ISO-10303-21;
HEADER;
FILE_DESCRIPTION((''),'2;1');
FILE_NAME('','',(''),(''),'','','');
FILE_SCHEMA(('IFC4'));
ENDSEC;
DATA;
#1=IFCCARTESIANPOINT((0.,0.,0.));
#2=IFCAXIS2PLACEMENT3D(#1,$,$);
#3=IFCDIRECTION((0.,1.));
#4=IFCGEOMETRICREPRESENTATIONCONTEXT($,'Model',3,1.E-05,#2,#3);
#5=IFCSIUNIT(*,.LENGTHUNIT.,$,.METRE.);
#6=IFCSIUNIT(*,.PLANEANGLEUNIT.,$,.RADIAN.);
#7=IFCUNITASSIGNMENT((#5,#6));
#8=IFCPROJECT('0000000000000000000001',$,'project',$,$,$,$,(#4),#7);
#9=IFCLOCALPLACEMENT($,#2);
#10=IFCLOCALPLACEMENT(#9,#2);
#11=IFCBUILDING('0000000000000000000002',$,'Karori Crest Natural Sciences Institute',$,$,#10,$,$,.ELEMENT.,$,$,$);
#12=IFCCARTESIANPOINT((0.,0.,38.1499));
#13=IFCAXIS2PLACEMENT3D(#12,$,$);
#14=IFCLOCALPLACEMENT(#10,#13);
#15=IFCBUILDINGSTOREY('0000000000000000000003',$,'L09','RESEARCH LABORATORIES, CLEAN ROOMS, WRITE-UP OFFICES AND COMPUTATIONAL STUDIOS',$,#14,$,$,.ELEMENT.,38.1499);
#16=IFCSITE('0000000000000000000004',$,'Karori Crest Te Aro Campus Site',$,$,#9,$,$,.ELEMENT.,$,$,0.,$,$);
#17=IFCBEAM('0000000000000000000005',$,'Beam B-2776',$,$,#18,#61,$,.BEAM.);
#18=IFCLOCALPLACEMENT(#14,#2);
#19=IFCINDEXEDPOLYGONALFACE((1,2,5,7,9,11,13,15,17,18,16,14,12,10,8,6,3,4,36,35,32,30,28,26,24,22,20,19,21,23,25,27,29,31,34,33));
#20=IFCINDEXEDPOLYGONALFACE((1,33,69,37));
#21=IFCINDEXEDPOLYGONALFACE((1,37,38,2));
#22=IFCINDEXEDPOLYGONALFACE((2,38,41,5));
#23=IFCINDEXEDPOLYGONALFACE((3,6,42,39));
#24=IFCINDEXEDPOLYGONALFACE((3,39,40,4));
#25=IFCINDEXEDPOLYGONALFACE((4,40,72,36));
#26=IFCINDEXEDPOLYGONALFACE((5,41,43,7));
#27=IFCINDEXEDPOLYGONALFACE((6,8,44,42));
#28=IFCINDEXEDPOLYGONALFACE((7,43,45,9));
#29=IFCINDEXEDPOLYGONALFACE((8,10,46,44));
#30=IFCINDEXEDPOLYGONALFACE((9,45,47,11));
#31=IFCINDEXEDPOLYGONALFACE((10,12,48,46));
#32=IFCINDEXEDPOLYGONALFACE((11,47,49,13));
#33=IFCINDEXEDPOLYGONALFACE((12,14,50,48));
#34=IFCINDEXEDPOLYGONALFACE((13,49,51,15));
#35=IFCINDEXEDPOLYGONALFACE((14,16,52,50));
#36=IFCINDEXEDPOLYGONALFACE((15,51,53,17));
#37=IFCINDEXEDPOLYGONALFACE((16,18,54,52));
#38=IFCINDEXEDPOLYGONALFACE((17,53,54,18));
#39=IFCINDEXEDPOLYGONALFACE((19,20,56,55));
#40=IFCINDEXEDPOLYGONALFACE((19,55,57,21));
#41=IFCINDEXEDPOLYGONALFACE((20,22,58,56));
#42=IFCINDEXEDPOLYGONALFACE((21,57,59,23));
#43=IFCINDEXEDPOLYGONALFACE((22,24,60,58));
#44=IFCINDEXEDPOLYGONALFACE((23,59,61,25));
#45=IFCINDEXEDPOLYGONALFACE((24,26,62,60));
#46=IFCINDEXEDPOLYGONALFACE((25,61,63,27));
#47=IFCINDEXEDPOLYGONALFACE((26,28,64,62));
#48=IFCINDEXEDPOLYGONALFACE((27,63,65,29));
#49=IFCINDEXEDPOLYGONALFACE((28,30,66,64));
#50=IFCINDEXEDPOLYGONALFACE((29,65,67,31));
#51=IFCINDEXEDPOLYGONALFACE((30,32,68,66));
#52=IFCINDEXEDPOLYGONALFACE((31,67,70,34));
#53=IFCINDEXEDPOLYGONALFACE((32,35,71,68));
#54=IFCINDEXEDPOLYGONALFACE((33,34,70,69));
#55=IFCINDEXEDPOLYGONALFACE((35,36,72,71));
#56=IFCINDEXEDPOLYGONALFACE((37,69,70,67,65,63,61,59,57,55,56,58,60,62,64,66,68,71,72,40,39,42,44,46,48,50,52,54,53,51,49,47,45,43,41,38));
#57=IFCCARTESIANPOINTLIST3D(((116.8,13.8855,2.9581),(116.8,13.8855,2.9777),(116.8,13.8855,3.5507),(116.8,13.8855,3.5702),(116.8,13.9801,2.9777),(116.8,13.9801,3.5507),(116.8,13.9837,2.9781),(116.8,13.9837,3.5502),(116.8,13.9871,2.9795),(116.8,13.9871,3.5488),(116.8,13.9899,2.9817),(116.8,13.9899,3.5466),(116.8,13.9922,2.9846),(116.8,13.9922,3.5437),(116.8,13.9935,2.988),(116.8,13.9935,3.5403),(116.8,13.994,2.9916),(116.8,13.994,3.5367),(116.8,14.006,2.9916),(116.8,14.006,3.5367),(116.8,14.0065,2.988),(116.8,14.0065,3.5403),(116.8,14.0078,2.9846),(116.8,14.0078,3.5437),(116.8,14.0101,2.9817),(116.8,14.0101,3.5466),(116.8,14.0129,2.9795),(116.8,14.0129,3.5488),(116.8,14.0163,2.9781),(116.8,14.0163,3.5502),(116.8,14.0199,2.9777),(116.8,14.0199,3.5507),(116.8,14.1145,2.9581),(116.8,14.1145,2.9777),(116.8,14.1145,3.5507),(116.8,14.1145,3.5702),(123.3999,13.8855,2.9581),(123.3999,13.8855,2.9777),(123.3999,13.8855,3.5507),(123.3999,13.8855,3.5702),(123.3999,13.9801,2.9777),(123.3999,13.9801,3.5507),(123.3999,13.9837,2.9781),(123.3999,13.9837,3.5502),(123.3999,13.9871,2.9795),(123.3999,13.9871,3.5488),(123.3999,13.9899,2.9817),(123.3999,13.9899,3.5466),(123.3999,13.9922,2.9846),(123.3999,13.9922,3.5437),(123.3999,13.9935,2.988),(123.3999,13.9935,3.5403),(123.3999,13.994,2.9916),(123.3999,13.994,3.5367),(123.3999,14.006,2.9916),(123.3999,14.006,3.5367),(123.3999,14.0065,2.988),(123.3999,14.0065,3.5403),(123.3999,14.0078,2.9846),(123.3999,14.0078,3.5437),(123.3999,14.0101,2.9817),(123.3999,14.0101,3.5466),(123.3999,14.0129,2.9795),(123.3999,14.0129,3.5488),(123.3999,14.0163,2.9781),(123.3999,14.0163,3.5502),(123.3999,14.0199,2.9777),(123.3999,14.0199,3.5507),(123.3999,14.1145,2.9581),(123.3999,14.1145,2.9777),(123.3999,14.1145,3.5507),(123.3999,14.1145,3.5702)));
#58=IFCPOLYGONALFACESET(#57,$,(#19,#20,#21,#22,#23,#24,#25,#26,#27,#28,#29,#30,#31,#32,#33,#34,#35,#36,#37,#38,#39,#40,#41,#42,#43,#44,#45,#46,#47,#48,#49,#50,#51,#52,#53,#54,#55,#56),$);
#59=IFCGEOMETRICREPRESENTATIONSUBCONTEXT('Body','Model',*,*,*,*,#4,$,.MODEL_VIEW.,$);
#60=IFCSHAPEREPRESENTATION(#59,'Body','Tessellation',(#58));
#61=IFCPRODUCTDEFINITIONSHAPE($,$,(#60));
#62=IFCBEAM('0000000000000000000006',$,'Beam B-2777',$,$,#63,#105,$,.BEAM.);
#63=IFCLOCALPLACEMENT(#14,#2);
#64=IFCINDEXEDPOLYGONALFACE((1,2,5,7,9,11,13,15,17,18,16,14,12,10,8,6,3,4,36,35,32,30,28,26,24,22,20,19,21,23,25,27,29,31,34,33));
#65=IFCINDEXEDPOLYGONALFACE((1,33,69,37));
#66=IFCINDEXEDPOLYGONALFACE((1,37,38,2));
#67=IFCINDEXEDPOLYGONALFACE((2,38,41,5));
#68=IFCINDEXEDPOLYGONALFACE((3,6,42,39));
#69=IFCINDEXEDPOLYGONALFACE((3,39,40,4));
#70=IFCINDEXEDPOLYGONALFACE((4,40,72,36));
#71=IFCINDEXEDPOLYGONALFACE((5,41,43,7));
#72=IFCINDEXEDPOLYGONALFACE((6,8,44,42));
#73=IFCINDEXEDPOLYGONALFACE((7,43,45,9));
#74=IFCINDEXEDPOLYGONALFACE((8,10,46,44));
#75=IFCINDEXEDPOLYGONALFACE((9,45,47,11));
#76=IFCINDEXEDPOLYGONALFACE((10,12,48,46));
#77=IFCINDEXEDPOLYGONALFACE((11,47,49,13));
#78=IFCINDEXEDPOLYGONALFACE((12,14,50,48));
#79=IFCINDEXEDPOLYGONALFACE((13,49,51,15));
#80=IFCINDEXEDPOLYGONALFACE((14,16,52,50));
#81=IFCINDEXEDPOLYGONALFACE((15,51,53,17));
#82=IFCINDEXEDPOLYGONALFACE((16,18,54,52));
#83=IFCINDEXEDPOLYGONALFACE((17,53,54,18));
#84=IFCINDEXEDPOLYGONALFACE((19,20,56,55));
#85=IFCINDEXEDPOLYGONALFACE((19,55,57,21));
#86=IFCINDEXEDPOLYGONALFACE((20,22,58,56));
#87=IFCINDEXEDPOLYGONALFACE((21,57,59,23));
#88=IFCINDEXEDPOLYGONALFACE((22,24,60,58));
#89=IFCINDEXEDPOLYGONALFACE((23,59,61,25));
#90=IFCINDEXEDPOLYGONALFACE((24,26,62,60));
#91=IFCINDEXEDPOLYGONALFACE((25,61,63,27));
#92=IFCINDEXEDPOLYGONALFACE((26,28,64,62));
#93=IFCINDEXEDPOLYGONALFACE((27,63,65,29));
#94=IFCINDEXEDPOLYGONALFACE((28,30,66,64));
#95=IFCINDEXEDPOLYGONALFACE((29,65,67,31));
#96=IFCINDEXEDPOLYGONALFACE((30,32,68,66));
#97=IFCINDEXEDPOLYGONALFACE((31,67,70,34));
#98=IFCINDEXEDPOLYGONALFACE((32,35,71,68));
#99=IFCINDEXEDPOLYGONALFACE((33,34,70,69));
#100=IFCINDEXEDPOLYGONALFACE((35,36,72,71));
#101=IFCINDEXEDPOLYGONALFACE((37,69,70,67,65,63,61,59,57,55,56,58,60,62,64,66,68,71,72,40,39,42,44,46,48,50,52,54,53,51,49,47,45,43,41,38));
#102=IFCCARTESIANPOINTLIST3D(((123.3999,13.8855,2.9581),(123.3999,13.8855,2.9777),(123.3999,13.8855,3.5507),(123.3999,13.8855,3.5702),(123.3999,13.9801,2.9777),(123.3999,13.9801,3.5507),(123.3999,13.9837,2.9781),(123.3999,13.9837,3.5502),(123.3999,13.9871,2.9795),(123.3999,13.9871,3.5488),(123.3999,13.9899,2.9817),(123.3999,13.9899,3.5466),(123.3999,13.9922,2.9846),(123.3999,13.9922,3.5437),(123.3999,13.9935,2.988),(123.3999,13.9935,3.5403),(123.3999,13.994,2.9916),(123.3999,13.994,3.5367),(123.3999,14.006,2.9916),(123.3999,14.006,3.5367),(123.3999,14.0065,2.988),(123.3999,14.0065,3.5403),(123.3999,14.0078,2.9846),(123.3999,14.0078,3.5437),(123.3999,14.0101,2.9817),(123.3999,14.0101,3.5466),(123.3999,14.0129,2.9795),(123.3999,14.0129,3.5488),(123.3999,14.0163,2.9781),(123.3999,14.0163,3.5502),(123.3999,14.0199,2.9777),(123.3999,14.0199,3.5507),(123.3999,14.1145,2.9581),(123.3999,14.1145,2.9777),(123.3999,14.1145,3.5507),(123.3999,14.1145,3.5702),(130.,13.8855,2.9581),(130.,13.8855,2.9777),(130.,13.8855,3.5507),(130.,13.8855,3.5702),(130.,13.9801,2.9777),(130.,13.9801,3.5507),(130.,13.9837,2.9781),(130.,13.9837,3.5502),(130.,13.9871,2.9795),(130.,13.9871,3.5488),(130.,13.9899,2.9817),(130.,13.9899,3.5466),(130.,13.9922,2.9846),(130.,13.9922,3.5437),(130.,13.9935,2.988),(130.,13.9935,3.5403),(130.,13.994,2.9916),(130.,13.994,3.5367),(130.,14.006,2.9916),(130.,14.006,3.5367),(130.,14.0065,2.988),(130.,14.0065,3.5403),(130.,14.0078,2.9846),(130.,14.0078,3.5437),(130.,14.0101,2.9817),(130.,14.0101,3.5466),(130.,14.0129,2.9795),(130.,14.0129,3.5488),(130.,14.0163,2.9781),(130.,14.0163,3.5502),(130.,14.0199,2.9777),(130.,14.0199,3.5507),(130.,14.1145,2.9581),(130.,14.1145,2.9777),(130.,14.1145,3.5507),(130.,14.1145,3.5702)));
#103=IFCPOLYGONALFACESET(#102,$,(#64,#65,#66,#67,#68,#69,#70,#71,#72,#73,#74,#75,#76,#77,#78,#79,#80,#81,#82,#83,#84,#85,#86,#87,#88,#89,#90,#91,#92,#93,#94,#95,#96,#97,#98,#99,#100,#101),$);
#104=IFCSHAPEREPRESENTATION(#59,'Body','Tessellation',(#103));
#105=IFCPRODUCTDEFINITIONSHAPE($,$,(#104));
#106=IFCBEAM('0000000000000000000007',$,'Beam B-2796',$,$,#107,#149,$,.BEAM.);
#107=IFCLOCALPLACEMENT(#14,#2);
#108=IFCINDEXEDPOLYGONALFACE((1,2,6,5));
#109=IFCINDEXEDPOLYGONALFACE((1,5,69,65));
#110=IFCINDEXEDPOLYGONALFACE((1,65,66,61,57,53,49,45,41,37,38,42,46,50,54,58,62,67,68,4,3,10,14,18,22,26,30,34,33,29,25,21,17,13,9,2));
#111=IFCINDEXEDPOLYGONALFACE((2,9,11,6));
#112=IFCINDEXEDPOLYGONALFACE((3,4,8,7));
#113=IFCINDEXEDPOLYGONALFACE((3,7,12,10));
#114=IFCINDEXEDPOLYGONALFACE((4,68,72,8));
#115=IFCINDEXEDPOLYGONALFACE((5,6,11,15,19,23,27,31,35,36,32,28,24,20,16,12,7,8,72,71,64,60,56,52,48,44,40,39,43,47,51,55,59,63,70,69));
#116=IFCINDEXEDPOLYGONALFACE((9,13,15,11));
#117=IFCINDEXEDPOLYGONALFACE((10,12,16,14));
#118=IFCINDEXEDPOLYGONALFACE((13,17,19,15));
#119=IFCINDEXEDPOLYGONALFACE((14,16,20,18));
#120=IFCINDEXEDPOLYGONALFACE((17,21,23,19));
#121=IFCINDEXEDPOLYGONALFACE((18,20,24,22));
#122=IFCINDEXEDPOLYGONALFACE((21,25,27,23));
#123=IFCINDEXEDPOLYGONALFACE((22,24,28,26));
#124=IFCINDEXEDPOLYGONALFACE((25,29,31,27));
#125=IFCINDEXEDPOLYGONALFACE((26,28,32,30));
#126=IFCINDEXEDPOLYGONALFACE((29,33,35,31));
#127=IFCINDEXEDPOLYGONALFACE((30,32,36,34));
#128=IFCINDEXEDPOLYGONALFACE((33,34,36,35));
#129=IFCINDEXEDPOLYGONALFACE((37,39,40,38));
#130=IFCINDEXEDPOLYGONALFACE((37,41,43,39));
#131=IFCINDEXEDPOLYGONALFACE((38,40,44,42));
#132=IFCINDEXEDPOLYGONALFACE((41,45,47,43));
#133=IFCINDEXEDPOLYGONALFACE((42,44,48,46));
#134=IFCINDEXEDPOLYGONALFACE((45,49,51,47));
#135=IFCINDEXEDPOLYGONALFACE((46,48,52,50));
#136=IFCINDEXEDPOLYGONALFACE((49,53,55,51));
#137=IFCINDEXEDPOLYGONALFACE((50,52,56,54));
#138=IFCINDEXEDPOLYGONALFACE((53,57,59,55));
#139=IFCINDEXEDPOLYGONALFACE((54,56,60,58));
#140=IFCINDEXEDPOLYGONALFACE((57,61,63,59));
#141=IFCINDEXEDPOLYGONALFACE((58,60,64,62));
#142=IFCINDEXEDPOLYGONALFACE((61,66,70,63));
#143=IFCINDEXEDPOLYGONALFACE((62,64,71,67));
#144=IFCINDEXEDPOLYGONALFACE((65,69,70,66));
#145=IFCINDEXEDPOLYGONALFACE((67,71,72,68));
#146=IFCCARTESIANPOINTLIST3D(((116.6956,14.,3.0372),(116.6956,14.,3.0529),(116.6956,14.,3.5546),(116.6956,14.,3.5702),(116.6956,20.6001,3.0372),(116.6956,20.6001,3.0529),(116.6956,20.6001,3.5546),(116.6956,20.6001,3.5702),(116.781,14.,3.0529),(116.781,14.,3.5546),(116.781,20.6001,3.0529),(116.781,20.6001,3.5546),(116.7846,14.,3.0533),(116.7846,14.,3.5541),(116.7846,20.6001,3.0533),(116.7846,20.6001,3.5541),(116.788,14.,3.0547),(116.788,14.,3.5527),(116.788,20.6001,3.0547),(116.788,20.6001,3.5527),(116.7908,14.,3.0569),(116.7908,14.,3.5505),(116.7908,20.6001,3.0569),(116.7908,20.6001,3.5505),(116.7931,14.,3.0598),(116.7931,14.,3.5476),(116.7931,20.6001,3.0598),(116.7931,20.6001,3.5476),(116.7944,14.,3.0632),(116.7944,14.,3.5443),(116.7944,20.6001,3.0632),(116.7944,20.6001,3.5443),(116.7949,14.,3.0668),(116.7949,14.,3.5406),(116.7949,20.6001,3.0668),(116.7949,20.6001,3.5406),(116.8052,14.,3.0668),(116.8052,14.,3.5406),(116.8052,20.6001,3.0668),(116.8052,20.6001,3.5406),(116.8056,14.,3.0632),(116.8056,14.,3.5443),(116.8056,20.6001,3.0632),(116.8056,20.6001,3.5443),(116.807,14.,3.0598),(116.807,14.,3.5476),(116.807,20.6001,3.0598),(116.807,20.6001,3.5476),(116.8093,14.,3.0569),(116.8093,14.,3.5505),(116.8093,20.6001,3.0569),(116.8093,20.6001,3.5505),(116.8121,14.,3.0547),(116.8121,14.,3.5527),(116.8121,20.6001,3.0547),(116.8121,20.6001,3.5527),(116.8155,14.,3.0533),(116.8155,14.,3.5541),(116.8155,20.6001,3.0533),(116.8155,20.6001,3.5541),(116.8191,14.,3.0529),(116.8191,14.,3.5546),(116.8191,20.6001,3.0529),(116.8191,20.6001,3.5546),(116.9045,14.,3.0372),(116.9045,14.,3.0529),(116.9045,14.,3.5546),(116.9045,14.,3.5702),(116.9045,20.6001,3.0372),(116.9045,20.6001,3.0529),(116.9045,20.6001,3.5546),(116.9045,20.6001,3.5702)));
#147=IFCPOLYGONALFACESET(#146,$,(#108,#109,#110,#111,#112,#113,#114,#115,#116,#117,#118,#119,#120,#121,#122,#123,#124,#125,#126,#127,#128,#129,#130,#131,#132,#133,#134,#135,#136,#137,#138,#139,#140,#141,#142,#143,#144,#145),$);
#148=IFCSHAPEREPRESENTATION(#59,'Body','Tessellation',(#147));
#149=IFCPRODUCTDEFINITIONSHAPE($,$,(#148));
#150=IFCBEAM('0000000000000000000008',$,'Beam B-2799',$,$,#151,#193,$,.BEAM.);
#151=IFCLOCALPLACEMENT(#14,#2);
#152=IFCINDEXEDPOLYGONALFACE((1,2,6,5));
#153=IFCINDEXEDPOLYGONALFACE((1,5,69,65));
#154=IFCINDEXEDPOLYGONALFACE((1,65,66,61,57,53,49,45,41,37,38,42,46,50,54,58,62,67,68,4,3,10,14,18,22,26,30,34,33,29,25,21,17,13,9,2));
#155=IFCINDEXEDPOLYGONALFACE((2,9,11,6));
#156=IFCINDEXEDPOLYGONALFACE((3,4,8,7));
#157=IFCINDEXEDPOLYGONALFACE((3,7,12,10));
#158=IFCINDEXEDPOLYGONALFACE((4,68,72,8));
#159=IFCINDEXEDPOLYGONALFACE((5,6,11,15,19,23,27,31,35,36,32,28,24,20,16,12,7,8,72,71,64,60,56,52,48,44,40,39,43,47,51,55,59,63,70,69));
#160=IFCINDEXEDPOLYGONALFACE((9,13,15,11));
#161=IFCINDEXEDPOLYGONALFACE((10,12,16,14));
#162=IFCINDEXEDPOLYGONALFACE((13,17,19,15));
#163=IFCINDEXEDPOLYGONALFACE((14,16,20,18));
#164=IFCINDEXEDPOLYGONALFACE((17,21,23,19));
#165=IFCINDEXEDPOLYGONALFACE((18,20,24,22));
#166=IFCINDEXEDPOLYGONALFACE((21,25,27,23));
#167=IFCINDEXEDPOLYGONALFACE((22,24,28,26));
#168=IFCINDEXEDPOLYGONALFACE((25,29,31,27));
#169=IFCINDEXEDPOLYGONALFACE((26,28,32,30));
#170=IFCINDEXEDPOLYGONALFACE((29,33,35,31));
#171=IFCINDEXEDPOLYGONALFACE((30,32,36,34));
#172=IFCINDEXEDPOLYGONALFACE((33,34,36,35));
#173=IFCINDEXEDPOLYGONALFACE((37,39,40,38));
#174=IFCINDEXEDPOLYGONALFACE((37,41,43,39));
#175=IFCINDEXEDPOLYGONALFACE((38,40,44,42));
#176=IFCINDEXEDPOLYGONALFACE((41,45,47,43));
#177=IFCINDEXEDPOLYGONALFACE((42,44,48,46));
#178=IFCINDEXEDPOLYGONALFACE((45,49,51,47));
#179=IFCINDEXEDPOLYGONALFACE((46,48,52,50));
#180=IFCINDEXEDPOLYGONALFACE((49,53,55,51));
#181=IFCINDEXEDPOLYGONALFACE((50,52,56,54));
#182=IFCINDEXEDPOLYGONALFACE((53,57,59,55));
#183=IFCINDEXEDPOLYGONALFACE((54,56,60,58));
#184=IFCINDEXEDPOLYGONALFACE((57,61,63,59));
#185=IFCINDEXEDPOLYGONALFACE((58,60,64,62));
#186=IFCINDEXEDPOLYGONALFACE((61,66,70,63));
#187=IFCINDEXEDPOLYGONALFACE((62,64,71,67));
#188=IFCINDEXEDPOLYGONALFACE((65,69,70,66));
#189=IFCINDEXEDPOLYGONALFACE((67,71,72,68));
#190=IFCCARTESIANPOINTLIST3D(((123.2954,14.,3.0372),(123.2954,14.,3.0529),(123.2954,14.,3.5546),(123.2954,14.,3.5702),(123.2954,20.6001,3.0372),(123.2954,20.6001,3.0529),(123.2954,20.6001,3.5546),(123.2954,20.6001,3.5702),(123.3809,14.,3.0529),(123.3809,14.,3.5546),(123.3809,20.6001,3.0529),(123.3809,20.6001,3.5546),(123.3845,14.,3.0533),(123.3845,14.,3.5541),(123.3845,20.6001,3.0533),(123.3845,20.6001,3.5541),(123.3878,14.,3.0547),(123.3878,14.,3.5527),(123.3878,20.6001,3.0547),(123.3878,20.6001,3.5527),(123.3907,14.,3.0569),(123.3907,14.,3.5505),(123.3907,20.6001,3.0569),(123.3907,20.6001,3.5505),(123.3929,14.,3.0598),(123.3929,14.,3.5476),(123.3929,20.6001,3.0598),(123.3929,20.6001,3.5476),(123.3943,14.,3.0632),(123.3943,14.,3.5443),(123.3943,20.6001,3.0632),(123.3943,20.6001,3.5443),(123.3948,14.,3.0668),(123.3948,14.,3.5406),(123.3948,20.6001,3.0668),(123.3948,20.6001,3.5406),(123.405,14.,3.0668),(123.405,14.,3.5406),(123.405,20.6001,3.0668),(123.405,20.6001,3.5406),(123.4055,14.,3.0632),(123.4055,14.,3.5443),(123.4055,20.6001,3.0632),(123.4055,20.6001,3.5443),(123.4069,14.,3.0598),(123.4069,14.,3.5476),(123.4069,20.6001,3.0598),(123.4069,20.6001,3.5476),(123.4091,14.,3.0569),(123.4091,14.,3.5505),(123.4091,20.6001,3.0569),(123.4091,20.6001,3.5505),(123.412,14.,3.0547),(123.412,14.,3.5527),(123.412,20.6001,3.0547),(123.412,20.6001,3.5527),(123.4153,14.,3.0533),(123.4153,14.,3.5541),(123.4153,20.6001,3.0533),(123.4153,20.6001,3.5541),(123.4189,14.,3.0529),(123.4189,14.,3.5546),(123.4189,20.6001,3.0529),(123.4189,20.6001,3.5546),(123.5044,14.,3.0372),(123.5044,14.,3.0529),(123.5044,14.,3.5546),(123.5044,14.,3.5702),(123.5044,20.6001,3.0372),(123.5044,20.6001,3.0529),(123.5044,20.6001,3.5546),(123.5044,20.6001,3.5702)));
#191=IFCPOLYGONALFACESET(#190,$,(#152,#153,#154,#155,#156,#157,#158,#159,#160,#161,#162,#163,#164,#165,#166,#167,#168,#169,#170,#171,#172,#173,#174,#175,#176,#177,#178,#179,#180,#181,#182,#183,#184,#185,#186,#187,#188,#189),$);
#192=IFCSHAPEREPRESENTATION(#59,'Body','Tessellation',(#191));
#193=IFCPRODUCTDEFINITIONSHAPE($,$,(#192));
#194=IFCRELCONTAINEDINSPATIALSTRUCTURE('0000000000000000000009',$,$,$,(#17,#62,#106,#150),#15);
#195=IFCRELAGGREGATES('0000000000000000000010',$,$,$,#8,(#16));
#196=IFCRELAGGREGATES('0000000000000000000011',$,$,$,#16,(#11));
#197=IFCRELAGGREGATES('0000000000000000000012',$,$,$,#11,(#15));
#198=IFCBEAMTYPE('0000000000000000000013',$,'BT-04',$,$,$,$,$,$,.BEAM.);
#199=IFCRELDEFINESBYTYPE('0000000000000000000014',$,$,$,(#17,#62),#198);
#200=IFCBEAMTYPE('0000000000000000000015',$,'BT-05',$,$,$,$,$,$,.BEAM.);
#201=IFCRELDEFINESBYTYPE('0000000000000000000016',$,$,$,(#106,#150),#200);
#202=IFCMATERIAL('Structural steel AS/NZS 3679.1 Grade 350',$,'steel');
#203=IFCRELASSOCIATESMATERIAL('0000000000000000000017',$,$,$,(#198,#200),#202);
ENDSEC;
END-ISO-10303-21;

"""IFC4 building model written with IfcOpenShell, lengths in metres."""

from ifc_helpers import new_model, si_unit, direction, frame, origin, origin_2d, place, context, subcontext, project, spatial, i_section, extrude, material, material_profile, profile_set, type_object, element, save


model = new_model("IFC4")

# Units and contexts
model_context = context("Model", 3, precision=1e-05, world=origin(), true_north=direction((0.0, 1.0)))
body_context = subcontext(model_context, "Body", "Model", "MODEL_VIEW")
ifc_project = project(units=[si_unit("LENGTHUNIT", "METRE"), si_unit("PLANEANGLEUNIT", "RADIAN")], contexts=[model_context])

# Site, building, storey
site_placement = place(None, origin())
site = spatial("IfcSite", under=ifc_project, at=site_placement, Name="Karori Crest Te Aro Campus Site", CompositionType="ELEMENT", RefElevation=0.0)
building_placement = place(site_placement, origin())
building = spatial("IfcBuilding", under=site, at=building_placement, Name="Karori Crest Natural Sciences Institute", CompositionType="ELEMENT")
storey_placement = place(building_placement, frame((0.0, 0.0, 38.1499)))
storey = spatial("IfcBuildingStorey", under=building, at=storey_placement, Name="L09", Description="RESEARCH LABORATORIES, CLEAN ROOMS, WRITE-UP OFFICES AND COMPUTATIONAL STUDIOS", CompositionType="ELEMENT", Elevation=38.1499)

# Shared definitions
ifc_material_1 = material(Name="Structural steel AS/NZS 3679.1 Grade 350", Category="steel")

# Beams
ifc_material_profile_1 = material_profile(ifc_material_1, i_section(OverallWidth=0.229, OverallDepth=0.6121, WebThickness=0.012, FlangeThickness=0.0195, FilletRadius=0.0139, at=origin_2d()), Name="610UB125")
ifc_profile_set_1 = profile_set([ifc_material_profile_1], Name="Structural steel AS/NZS 3679.1 Grade 350")
beam_type_1 = type_object("IfcBeamType", Name="BT-04", PredefinedType="BEAM", material=ifc_profile_set_1)
beam_1_placement = place(storey_placement, frame((116.8, 14.0, 3.2642), z_axis=(1.0, 0.0, 0.0), x_axis=(0.0, 1.0, 0.0)))
element("IfcBeam", 1, at=beam_1_placement, inside=storey, type_object=beam_type_1, Name="Beam B-2776", PredefinedType="BEAM", context=body_context, shape_type="SweptSolid", body=[
    extrude(i_section(OverallWidth=0.229, OverallDepth=0.6121, WebThickness=0.012, FlangeThickness=0.0195, FilletRadius=0.0139, at=origin_2d()), origin(), (0.0, 0.0, 1.0), 6.5999),
])
beam_2_placement = place(storey_placement, frame((123.3999, 14.0, 3.2642), z_axis=(1.0, 0.0, 0.0), x_axis=(0.0, 1.0, 0.0)))
element("IfcBeam", 2, at=beam_2_placement, inside=storey, type_object=beam_type_1, Name="Beam B-2777", PredefinedType="BEAM", context=body_context, shape_type="SweptSolid", body=[
    extrude(i_section(OverallWidth=0.229, OverallDepth=0.6121, WebThickness=0.012, FlangeThickness=0.0195, FilletRadius=0.0139, at=origin_2d()), origin(), (0.0, 0.0, 1.0), 6.6001),
])
ifc_material_profile_2 = material_profile(ifc_material_1, i_section(OverallWidth=0.209, OverallDepth=0.533, WebThickness=0.0103, FlangeThickness=0.0156, FilletRadius=0.0139, at=origin_2d()), Name="530UB92.4")
ifc_profile_set_2 = profile_set([ifc_material_profile_2], Name="Structural steel AS/NZS 3679.1 Grade 350")
beam_type_2 = type_object("IfcBeamType", Name="BT-05", PredefinedType="BEAM", material=ifc_profile_set_2)
for number, where, z_axis, x_axis, name in (
    (3, (116.8, 14.0, 3.3037), (0.0, 1.0, 0.0), (-1.0, 0.0, 0.0), "Beam B-2796"),
    (4, (123.3999, 14.0, 3.3037), (0.0, 1.0, 0.0), (-1.0, 0.0, 0.0), "Beam B-2799"),
):
    element("IfcBeam", number, at=place(storey_placement, frame(where, z_axis=z_axis, x_axis=x_axis)), inside=storey, type_object=beam_type_2, Name=name, PredefinedType="BEAM", context=body_context, shape_type="SweptSolid", body=[
        extrude(i_section(OverallWidth=0.209, OverallDepth=0.533, WebThickness=0.0103, FlangeThickness=0.0156, FilletRadius=0.0139, at=origin_2d()), origin(), (0.0, 0.0, 1.0), 6.6001),
    ])

save(model, "model.ifc")
